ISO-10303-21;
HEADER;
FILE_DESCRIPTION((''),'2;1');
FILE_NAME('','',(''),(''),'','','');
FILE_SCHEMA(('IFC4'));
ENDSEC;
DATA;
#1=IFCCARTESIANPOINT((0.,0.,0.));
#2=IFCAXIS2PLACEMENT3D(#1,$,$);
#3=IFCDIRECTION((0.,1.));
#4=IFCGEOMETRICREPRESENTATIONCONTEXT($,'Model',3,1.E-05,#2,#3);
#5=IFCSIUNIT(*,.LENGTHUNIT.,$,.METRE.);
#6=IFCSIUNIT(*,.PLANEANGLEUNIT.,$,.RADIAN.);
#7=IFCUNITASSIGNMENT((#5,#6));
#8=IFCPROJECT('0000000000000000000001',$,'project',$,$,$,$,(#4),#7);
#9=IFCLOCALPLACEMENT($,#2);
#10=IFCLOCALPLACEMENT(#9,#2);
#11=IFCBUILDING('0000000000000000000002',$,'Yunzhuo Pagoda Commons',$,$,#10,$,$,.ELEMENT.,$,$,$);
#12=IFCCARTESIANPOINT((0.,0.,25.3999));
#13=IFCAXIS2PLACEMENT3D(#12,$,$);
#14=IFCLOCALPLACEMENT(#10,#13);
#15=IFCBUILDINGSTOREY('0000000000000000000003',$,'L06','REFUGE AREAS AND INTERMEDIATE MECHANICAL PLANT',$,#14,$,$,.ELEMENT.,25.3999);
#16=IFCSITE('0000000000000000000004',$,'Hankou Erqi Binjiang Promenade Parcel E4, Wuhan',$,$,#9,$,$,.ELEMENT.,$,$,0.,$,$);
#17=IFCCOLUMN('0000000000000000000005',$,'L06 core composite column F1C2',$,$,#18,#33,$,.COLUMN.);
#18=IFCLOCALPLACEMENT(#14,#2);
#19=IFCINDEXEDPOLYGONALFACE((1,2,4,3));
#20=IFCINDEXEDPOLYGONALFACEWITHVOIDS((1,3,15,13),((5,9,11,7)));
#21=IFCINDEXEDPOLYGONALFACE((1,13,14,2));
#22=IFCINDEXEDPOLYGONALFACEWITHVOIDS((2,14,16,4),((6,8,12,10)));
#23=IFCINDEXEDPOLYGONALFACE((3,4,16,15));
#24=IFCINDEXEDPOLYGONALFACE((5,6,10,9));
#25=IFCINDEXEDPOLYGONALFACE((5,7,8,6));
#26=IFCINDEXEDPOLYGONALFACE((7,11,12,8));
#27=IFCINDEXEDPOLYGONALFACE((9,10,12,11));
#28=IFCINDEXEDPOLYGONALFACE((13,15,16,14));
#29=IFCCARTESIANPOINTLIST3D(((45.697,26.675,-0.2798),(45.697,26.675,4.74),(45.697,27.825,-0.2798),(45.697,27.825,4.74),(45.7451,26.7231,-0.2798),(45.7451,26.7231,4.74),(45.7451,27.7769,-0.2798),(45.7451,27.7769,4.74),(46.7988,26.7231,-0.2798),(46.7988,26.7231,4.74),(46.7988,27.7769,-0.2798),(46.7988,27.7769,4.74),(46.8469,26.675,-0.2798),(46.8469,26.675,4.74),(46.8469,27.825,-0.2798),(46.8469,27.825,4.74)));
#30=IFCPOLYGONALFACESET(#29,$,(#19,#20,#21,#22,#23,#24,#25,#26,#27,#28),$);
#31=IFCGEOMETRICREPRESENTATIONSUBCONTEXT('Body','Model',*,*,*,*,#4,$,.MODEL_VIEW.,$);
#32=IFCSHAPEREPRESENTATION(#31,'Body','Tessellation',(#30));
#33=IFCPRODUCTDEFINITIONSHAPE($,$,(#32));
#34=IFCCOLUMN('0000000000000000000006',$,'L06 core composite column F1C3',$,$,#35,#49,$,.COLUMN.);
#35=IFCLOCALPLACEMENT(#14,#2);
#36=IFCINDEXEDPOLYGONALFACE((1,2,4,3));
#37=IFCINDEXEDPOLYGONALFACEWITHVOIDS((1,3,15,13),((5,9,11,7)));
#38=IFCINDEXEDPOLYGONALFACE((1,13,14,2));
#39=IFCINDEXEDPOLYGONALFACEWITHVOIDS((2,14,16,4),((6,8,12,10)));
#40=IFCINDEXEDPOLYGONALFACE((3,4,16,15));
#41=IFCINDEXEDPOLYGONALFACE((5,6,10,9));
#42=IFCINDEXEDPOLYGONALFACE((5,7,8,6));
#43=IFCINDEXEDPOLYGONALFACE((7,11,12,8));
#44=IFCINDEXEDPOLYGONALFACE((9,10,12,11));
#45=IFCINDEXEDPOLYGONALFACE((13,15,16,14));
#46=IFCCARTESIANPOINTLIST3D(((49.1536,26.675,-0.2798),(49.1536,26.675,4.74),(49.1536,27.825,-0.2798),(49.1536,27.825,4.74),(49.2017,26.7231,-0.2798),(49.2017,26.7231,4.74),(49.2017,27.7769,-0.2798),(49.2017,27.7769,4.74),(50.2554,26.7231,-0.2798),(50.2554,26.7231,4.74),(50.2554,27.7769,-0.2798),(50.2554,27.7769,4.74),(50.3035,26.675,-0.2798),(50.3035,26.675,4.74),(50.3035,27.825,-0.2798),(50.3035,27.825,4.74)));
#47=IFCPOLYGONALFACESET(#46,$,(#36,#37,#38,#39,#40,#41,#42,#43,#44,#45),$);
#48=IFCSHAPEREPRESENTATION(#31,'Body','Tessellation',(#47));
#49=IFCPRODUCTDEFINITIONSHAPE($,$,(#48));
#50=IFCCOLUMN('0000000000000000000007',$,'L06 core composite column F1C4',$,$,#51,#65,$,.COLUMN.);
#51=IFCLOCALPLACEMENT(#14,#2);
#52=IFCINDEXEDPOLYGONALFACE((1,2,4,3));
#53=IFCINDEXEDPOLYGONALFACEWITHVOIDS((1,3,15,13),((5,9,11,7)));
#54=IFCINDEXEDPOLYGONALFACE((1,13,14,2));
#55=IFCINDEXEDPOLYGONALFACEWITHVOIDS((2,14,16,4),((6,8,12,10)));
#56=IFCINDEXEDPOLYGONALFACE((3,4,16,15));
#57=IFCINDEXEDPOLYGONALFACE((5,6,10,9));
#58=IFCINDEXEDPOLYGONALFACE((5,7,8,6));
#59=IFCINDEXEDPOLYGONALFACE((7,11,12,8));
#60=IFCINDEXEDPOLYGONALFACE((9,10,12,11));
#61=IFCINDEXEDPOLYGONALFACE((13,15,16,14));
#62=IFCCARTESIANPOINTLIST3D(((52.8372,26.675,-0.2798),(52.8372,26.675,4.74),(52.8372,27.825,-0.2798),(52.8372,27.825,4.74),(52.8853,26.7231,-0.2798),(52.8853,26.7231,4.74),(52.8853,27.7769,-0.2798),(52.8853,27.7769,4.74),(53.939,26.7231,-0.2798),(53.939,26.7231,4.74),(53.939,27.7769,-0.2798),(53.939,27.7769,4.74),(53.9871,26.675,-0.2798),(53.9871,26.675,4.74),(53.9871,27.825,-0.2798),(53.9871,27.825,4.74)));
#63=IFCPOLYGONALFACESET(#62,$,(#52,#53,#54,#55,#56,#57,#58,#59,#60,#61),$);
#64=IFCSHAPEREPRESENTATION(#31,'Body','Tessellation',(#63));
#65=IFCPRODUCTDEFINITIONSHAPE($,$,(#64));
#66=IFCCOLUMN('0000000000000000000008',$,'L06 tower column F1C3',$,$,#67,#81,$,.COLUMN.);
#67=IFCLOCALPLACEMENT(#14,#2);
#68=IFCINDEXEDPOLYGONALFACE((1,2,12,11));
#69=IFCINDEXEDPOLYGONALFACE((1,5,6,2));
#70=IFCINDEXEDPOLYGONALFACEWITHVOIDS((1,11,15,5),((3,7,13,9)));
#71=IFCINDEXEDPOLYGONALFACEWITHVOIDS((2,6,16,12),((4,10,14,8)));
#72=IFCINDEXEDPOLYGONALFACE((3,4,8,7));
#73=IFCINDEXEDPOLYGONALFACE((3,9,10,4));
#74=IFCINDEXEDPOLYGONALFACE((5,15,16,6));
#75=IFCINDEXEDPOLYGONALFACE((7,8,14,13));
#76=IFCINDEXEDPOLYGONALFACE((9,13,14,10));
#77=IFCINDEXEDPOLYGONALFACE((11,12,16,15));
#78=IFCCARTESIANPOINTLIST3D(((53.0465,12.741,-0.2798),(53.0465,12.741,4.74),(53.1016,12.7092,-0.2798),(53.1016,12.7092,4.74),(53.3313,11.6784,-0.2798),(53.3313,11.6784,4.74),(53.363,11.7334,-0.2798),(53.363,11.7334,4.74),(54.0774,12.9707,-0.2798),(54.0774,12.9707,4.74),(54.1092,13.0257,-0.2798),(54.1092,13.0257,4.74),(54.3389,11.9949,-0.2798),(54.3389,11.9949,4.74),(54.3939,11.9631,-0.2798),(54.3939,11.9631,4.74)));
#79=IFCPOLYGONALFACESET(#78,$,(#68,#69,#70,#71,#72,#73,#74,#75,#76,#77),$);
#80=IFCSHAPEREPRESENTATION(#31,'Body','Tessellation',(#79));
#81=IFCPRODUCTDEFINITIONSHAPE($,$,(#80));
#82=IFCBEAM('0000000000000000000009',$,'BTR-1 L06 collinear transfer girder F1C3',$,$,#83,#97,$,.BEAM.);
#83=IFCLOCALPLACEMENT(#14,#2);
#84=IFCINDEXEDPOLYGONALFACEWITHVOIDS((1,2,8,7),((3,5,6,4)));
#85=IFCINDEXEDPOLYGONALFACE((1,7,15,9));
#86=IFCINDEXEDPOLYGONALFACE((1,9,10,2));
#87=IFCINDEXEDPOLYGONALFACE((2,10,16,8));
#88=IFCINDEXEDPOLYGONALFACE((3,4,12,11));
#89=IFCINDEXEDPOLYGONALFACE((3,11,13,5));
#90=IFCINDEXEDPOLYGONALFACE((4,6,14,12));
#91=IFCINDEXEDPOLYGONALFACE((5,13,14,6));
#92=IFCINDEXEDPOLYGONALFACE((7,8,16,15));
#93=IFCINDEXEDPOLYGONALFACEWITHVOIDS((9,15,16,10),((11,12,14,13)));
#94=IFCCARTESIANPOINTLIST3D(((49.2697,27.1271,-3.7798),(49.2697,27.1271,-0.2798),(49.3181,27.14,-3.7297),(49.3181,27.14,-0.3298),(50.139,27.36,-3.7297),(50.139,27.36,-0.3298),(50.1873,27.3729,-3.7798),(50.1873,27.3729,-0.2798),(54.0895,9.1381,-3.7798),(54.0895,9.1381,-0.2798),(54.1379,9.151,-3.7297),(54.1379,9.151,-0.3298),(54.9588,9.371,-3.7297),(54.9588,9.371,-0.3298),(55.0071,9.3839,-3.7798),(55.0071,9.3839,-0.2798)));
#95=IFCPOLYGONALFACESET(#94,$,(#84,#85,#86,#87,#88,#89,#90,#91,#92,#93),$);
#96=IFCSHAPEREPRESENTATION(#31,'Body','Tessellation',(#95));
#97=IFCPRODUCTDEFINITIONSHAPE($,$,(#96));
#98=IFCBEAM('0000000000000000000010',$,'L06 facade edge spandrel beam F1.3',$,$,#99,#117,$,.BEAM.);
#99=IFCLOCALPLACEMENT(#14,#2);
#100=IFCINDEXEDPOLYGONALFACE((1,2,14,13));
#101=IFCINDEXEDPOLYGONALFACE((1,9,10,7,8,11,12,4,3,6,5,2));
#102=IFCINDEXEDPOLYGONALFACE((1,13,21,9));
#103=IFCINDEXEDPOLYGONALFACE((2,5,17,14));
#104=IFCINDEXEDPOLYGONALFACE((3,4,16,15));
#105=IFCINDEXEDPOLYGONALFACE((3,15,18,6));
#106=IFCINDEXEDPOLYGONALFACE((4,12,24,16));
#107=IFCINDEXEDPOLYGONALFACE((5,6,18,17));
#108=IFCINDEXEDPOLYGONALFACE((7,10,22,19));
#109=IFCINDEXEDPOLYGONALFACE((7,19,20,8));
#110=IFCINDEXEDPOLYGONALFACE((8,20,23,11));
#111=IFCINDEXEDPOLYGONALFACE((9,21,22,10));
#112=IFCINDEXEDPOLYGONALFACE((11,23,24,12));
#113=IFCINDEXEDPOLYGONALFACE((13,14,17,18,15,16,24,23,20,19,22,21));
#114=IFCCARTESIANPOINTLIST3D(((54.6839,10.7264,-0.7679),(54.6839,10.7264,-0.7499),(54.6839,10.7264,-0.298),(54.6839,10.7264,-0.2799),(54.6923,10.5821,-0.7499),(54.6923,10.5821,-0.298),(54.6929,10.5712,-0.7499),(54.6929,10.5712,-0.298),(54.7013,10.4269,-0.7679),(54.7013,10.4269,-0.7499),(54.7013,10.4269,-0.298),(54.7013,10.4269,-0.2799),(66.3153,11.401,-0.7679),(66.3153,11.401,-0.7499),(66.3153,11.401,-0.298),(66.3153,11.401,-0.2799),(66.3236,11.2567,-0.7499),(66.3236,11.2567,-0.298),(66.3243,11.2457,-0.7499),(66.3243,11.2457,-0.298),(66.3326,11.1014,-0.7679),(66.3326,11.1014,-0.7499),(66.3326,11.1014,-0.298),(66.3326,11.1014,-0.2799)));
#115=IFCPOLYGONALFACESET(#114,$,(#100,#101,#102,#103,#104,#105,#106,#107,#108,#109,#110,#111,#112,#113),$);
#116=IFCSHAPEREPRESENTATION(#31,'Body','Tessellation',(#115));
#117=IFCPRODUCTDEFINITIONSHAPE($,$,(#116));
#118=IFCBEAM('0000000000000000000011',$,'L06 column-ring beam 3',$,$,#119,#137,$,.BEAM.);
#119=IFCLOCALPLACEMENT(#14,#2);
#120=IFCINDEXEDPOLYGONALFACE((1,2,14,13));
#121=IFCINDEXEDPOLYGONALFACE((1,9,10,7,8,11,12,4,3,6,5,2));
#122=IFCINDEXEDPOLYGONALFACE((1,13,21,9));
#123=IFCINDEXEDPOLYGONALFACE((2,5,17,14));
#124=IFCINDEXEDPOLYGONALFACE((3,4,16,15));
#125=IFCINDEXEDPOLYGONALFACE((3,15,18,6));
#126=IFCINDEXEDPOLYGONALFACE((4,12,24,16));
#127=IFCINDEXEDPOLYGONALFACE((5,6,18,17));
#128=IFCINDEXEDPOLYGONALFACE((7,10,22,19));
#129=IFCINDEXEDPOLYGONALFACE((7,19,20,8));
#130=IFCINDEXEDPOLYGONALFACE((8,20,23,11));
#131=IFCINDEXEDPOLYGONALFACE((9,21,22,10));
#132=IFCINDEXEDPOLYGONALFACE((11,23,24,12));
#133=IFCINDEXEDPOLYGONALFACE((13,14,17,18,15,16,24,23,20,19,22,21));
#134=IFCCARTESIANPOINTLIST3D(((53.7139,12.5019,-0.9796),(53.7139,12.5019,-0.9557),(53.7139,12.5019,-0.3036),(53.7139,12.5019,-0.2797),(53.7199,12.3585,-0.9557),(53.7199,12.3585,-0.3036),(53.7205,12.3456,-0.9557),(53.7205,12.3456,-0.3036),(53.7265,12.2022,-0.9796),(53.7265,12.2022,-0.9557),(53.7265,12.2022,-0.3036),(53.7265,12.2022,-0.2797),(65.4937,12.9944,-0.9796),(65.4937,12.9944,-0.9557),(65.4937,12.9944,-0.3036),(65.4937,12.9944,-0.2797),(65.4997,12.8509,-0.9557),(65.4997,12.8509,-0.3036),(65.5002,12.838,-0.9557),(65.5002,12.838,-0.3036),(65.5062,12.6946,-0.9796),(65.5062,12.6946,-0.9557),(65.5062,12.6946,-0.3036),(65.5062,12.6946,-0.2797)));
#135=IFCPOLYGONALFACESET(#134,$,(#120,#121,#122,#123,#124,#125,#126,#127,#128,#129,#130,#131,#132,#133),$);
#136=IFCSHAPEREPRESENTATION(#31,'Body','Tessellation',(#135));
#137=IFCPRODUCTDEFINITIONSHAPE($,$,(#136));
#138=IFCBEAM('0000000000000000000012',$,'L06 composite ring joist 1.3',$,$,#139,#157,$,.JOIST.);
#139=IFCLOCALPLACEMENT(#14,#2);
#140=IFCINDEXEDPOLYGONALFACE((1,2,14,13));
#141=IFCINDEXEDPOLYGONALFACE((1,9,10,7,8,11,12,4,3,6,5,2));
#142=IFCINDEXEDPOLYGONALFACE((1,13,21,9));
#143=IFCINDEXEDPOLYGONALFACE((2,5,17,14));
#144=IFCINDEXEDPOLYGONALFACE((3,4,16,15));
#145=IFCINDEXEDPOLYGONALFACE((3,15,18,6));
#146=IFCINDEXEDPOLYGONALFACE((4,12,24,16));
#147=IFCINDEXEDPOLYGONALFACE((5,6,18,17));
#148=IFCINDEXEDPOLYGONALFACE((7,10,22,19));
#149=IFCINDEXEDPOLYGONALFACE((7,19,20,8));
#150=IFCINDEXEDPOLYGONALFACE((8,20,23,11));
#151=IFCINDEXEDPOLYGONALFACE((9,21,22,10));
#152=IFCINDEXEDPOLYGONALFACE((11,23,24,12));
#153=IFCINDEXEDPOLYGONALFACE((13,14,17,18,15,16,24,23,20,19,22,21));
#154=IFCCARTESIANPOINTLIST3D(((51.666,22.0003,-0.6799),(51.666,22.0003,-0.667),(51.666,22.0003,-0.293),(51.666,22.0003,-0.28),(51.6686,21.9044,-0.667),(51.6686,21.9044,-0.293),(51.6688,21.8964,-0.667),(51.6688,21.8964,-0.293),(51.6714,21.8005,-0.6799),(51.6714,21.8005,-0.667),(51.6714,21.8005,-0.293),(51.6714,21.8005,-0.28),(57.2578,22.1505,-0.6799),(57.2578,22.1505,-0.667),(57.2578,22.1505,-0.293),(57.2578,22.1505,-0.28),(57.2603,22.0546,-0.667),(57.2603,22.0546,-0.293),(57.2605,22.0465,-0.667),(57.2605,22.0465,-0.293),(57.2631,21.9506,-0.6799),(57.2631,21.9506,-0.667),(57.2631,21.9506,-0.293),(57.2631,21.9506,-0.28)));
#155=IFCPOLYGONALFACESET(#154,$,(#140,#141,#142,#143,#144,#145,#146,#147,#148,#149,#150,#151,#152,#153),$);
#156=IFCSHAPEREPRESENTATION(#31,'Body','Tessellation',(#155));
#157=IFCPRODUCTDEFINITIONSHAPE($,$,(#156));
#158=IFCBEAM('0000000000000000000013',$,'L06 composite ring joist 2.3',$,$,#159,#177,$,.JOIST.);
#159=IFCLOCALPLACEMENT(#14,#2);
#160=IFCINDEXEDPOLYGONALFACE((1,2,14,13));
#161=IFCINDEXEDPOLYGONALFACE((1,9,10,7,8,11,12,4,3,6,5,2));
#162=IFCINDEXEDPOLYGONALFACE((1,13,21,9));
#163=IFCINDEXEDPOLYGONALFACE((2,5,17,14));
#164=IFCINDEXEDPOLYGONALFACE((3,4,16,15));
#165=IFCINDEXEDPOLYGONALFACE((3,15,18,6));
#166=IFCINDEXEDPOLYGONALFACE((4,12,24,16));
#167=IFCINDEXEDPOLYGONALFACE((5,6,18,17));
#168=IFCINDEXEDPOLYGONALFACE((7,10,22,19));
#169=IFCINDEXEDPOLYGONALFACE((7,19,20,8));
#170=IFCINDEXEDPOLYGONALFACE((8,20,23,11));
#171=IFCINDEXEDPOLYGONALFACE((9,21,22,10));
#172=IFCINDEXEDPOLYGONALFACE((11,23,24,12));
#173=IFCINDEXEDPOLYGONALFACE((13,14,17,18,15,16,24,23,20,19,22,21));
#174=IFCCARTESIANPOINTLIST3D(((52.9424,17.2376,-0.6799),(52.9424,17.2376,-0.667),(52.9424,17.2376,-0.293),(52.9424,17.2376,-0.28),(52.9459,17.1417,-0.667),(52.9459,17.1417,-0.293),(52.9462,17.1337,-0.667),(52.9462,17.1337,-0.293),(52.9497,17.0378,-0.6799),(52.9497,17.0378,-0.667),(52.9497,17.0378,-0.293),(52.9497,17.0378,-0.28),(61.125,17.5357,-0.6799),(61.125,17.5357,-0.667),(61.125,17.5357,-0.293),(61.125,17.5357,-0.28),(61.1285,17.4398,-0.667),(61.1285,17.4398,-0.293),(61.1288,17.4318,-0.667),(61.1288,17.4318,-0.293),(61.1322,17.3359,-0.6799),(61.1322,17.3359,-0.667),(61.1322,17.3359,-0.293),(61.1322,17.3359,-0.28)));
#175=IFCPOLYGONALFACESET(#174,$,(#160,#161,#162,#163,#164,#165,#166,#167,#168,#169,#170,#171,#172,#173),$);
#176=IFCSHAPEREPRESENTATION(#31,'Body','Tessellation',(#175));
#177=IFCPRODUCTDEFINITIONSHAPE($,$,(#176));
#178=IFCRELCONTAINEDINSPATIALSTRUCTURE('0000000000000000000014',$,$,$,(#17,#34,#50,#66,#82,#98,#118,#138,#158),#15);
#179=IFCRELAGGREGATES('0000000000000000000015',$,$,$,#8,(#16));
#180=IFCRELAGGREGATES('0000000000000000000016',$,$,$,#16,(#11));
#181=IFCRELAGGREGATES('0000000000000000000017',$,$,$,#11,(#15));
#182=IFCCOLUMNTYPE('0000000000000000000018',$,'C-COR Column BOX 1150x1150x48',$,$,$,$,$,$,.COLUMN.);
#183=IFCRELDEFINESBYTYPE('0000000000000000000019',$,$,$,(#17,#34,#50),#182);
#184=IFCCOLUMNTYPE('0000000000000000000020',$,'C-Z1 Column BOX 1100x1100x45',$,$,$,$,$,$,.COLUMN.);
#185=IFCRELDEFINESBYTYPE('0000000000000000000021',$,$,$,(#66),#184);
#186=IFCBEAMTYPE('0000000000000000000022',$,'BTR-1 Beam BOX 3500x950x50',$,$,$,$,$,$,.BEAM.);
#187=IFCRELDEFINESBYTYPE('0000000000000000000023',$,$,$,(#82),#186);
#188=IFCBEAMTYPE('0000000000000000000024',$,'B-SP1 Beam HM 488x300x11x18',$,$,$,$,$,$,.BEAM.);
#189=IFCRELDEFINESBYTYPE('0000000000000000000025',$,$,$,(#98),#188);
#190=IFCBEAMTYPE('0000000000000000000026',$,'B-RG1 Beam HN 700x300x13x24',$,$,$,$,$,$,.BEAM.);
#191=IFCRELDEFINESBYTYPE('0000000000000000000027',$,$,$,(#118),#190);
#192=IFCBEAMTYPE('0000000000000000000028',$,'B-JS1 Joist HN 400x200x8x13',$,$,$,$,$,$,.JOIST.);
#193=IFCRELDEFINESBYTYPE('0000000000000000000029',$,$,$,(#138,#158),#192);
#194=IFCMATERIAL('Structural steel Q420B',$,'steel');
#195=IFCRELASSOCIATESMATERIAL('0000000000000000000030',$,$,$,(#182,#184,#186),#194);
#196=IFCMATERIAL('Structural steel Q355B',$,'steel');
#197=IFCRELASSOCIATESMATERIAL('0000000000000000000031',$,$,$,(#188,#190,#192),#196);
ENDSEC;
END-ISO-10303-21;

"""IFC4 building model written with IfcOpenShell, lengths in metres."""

from ifc_helpers import new_model, si_unit, direction, frame, origin, origin_2d, place, context, subcontext, project, spatial, hollow_rectangle, i_section, extrude, source, transform, mapped, material, material_profile, profile_set, type_object, element, save


model = new_model("IFC4")

# Units and contexts
model_context = context("Model", 3, precision=1e-05, world=origin(), true_north=direction((0.0, 1.0)))
body_context = subcontext(model_context, "Body", "Model", "MODEL_VIEW")
ifc_project = project(units=[si_unit("LENGTHUNIT", "METRE"), si_unit("PLANEANGLEUNIT", "RADIAN")], contexts=[model_context])

# Site, building, storey
site_placement = place(None, origin())
site = spatial("IfcSite", under=ifc_project, at=site_placement, Name="Hankou Erqi Binjiang Promenade Parcel E4, Wuhan", CompositionType="ELEMENT", RefElevation=0.0)
building_placement = place(site_placement, origin())
building = spatial("IfcBuilding", under=site, at=building_placement, Name="Yunzhuo Pagoda Commons", CompositionType="ELEMENT")
storey_placement = place(building_placement, frame((0.0, 0.0, 25.3999)))
storey = spatial("IfcBuildingStorey", under=building, at=storey_placement, Name="L06", Description="REFUGE AREAS AND INTERMEDIATE MECHANICAL PLANT", CompositionType="ELEMENT", Elevation=25.3999)

# Columns
ifc_material_1 = material(Name="Structural steel Q420B", Category="steel")
ifc_material_profile_1 = material_profile(ifc_material_1, hollow_rectangle(XDim=1.1499, YDim=1.1499, WallThickness=0.0481, at=origin_2d()), Name="Structural steel Q420B")
ifc_profile_set_1 = profile_set([ifc_material_profile_1], Name="Structural steel Q420B")
column_type_1 = type_object("IfcColumnType", Name="C-COR Column BOX 1150x1150x48", PredefinedType="COLUMN", material=ifc_profile_set_1)
shared_shape_1 = source(origin(), body_context, "Body", "SweptSolid", [
    extrude(hollow_rectangle(XDim=1.1499, YDim=1.1499, WallThickness=0.0481, at=origin_2d()), origin(), (0.0, 0.0, 1.0), 5.0198),
])
for number, where, z_axis, x_axis, name in (
    (1, (46.272, 27.25, -0.2798), (0.0, 0.0, 1.0), (1.0, 0.0, 0.0), "L06 core composite column F1C2"),
    (2, (49.7285, 27.25, -0.2798), (0.0, 0.0, 1.0), (1.0, 0.0, 0.0), "L06 core composite column F1C3"),
    (3, (53.4121, 27.25, -0.2798), (0.0, 0.0, 1.0), (1.0, 0.0, 0.0), "L06 core composite column F1C4"),
):
    element("IfcColumn", number, at=place(storey_placement, frame(where, z_axis=z_axis, x_axis=x_axis)), inside=storey, type_object=column_type_1, Name=name, PredefinedType="COLUMN", context=body_context, shape_type="MappedRepresentation", body=[
        mapped(shared_shape_1, transform((0.0, 0.0, 0.0), scale=1.0)),
    ])
ifc_material_profile_2 = material_profile(ifc_material_1, hollow_rectangle(XDim=1.1001, YDim=1.1001, WallThickness=0.0449, at=origin_2d()), Name="Structural steel Q420B")
ifc_profile_set_2 = profile_set([ifc_material_profile_2], Name="Structural steel Q420B")
column_type_2 = type_object("IfcColumnType", Name="C-Z1 Column BOX 1100x1100x45", PredefinedType="COLUMN", material=ifc_profile_set_2)
shared_shape_2 = source(origin(), body_context, "Body", "SweptSolid", [
    extrude(hollow_rectangle(XDim=1.1001, YDim=1.1001, WallThickness=0.0449, at=origin_2d()), origin(), (0.0, 0.0, 1.0), 5.0198),
])
column_placement = place(storey_placement, frame((53.7202, 12.3521, -0.2798), z_axis=(0.0, 0.0, 1.0), x_axis=(0.965926, 0.258819, 0.0)))
element("IfcColumn", 4, at=column_placement, inside=storey, type_object=column_type_2, Name="L06 tower column F1C3", PredefinedType="COLUMN", context=body_context, shape_type="MappedRepresentation", body=[
    mapped(shared_shape_2, transform((0.0, 0.0, 0.0), scale=1.0)),
])

# Beams
ifc_material_profile_3 = material_profile(ifc_material_1, hollow_rectangle(XDim=0.95, YDim=3.5, WallThickness=0.05, at=origin_2d()), Name="Structural steel Q420B")
ifc_profile_set_3 = profile_set([ifc_material_profile_3], Name="Structural steel Q420B")
beam_type_1 = type_object("IfcBeamType", Name="BTR-1 Beam BOX 3500x950x50", PredefinedType="BEAM", material=ifc_profile_set_3)
shared_shape_3 = source(origin(), body_context, "Body", "SweptSolid", [
    extrude(hollow_rectangle(XDim=0.95, YDim=3.5, WallThickness=0.05, at=origin_2d()), origin(), (0.0, 0.0, 1.0), 18.6235),
])
beam_1_placement = place(storey_placement, frame((54.5483, 9.261, -2.0298), z_axis=(-0.258803, 0.96593, 0.0), x_axis=(-0.96593, -0.258803, 0.0)))
element("IfcBeam", 5, at=beam_1_placement, inside=storey, type_object=beam_type_1, Name="BTR-1 L06 collinear transfer girder F1C3", PredefinedType="BEAM", context=body_context, shape_type="MappedRepresentation", body=[
    mapped(shared_shape_3, transform((0.0, 0.0, 0.0), scale=1.0)),
])
ifc_material_2 = material(Name="Structural steel Q355B", Category="steel")
ifc_material_profile_4 = material_profile(ifc_material_2, i_section(OverallWidth=0.3, OverallDepth=0.488, WebThickness=0.011, FlangeThickness=0.0181, at=origin_2d()), Name="Structural steel Q355B")
ifc_profile_set_4 = profile_set([ifc_material_profile_4], Name="Structural steel Q355B")
beam_type_2 = type_object("IfcBeamType", Name="B-SP1 Beam HM 488x300x11x18", PredefinedType="BEAM", material=ifc_profile_set_4)
shared_shape_4 = source(origin(), body_context, "Body", "SweptSolid", [
    extrude(i_section(OverallWidth=0.3, OverallDepth=0.488, WebThickness=0.011, FlangeThickness=0.0181, at=origin_2d()), origin(), (0.0, 0.0, 1.0), 11.6509),
])
beam_2_placement = place(storey_placement, frame((54.6926, 10.5767, -0.5239), z_axis=(0.998323, 0.057898, 0.0), x_axis=(-0.057898, 0.998323, 0.0)))
element("IfcBeam", 6, at=beam_2_placement, inside=storey, type_object=beam_type_2, Name="L06 facade edge spandrel beam F1.3", PredefinedType="BEAM", context=body_context, shape_type="MappedRepresentation", body=[
    mapped(shared_shape_4, transform((0.0, 0.0, 0.0), scale=1.0)),
])
ifc_material_profile_5 = material_profile(ifc_material_2, i_section(OverallWidth=0.3, OverallDepth=0.7, WebThickness=0.0129, FlangeThickness=0.0239, at=origin_2d()), Name="Structural steel Q355B")
ifc_profile_set_5 = profile_set([ifc_material_profile_5], Name="Structural steel Q355B")
beam_type_3 = type_object("IfcBeamType", Name="B-RG1 Beam HN 700x300x13x24", PredefinedType="BEAM", material=ifc_profile_set_5)
shared_shape_5 = source(origin(), body_context, "Body", "SweptSolid", [
    extrude(i_section(OverallWidth=0.3, OverallDepth=0.7, WebThickness=0.0129, FlangeThickness=0.0239, at=origin_2d()), origin(), (0.0, 0.0, 1.0), 11.79),
])
beam_3_placement = place(storey_placement, frame((53.7202, 12.3521, -0.6296), z_axis=(0.999127, 0.041767, 0.0), x_axis=(-0.041767, 0.999127, 0.0)))
element("IfcBeam", 7, at=beam_3_placement, inside=storey, type_object=beam_type_3, Name="L06 column-ring beam 3", PredefinedType="BEAM", context=body_context, shape_type="MappedRepresentation", body=[
    mapped(shared_shape_5, transform((0.0, 0.0, 0.0), scale=1.0)),
])
ifc_material_profile_6 = material_profile(ifc_material_2, i_section(OverallWidth=0.2, OverallDepth=0.3999, WebThickness=0.0081, FlangeThickness=0.0129, at=origin_2d()), Name="Structural steel Q355B")
ifc_profile_set_6 = profile_set([ifc_material_profile_6], Name="Structural steel Q355B")
beam_type_4 = type_object("IfcBeamType", Name="B-JS1 Joist HN 400x200x8x13", PredefinedType="JOIST", material=ifc_profile_set_6)
shared_shape_6 = source(origin(), body_context, "Body", "SweptSolid", [
    extrude(i_section(OverallWidth=0.2, OverallDepth=0.3999, WebThickness=0.0081, FlangeThickness=0.0129, at=origin_2d()), origin(), (0.0, 0.0, 1.0), 5.5938),
])
beam_4_placement = place(storey_placement, frame((51.6687, 21.9004, -0.48), z_axis=(0.99964, 0.026842, 0.0), x_axis=(-0.026842, 0.99964, 0.0)))
element("IfcBeam", 8, at=beam_4_placement, inside=storey, type_object=beam_type_4, Name="L06 composite ring joist 1.3", PredefinedType="JOIST", context=body_context, shape_type="MappedRepresentation", body=[
    mapped(shared_shape_6, transform((0.0, 0.0, 0.0), scale=1.0)),
])
shared_shape_7 = source(origin(), body_context, "Body", "SweptSolid", [
    extrude(i_section(OverallWidth=0.2, OverallDepth=0.3999, WebThickness=0.0081, FlangeThickness=0.0129, at=origin_2d()), origin(), (0.0, 0.0, 1.0), 8.188),
])
beam_5_placement = place(storey_placement, frame((52.946, 17.1377, -0.48), z_axis=(0.999337, 0.036406, 0.0), x_axis=(-0.036406, 0.999337, 0.0)))
element("IfcBeam", 9, at=beam_5_placement, inside=storey, type_object=beam_type_4, Name="L06 composite ring joist 2.3", PredefinedType="JOIST", context=body_context, shape_type="MappedRepresentation", body=[
    mapped(shared_shape_7, transform((0.0, 0.0, 0.0), scale=1.0)),
])

save(model, "model.ifc")
